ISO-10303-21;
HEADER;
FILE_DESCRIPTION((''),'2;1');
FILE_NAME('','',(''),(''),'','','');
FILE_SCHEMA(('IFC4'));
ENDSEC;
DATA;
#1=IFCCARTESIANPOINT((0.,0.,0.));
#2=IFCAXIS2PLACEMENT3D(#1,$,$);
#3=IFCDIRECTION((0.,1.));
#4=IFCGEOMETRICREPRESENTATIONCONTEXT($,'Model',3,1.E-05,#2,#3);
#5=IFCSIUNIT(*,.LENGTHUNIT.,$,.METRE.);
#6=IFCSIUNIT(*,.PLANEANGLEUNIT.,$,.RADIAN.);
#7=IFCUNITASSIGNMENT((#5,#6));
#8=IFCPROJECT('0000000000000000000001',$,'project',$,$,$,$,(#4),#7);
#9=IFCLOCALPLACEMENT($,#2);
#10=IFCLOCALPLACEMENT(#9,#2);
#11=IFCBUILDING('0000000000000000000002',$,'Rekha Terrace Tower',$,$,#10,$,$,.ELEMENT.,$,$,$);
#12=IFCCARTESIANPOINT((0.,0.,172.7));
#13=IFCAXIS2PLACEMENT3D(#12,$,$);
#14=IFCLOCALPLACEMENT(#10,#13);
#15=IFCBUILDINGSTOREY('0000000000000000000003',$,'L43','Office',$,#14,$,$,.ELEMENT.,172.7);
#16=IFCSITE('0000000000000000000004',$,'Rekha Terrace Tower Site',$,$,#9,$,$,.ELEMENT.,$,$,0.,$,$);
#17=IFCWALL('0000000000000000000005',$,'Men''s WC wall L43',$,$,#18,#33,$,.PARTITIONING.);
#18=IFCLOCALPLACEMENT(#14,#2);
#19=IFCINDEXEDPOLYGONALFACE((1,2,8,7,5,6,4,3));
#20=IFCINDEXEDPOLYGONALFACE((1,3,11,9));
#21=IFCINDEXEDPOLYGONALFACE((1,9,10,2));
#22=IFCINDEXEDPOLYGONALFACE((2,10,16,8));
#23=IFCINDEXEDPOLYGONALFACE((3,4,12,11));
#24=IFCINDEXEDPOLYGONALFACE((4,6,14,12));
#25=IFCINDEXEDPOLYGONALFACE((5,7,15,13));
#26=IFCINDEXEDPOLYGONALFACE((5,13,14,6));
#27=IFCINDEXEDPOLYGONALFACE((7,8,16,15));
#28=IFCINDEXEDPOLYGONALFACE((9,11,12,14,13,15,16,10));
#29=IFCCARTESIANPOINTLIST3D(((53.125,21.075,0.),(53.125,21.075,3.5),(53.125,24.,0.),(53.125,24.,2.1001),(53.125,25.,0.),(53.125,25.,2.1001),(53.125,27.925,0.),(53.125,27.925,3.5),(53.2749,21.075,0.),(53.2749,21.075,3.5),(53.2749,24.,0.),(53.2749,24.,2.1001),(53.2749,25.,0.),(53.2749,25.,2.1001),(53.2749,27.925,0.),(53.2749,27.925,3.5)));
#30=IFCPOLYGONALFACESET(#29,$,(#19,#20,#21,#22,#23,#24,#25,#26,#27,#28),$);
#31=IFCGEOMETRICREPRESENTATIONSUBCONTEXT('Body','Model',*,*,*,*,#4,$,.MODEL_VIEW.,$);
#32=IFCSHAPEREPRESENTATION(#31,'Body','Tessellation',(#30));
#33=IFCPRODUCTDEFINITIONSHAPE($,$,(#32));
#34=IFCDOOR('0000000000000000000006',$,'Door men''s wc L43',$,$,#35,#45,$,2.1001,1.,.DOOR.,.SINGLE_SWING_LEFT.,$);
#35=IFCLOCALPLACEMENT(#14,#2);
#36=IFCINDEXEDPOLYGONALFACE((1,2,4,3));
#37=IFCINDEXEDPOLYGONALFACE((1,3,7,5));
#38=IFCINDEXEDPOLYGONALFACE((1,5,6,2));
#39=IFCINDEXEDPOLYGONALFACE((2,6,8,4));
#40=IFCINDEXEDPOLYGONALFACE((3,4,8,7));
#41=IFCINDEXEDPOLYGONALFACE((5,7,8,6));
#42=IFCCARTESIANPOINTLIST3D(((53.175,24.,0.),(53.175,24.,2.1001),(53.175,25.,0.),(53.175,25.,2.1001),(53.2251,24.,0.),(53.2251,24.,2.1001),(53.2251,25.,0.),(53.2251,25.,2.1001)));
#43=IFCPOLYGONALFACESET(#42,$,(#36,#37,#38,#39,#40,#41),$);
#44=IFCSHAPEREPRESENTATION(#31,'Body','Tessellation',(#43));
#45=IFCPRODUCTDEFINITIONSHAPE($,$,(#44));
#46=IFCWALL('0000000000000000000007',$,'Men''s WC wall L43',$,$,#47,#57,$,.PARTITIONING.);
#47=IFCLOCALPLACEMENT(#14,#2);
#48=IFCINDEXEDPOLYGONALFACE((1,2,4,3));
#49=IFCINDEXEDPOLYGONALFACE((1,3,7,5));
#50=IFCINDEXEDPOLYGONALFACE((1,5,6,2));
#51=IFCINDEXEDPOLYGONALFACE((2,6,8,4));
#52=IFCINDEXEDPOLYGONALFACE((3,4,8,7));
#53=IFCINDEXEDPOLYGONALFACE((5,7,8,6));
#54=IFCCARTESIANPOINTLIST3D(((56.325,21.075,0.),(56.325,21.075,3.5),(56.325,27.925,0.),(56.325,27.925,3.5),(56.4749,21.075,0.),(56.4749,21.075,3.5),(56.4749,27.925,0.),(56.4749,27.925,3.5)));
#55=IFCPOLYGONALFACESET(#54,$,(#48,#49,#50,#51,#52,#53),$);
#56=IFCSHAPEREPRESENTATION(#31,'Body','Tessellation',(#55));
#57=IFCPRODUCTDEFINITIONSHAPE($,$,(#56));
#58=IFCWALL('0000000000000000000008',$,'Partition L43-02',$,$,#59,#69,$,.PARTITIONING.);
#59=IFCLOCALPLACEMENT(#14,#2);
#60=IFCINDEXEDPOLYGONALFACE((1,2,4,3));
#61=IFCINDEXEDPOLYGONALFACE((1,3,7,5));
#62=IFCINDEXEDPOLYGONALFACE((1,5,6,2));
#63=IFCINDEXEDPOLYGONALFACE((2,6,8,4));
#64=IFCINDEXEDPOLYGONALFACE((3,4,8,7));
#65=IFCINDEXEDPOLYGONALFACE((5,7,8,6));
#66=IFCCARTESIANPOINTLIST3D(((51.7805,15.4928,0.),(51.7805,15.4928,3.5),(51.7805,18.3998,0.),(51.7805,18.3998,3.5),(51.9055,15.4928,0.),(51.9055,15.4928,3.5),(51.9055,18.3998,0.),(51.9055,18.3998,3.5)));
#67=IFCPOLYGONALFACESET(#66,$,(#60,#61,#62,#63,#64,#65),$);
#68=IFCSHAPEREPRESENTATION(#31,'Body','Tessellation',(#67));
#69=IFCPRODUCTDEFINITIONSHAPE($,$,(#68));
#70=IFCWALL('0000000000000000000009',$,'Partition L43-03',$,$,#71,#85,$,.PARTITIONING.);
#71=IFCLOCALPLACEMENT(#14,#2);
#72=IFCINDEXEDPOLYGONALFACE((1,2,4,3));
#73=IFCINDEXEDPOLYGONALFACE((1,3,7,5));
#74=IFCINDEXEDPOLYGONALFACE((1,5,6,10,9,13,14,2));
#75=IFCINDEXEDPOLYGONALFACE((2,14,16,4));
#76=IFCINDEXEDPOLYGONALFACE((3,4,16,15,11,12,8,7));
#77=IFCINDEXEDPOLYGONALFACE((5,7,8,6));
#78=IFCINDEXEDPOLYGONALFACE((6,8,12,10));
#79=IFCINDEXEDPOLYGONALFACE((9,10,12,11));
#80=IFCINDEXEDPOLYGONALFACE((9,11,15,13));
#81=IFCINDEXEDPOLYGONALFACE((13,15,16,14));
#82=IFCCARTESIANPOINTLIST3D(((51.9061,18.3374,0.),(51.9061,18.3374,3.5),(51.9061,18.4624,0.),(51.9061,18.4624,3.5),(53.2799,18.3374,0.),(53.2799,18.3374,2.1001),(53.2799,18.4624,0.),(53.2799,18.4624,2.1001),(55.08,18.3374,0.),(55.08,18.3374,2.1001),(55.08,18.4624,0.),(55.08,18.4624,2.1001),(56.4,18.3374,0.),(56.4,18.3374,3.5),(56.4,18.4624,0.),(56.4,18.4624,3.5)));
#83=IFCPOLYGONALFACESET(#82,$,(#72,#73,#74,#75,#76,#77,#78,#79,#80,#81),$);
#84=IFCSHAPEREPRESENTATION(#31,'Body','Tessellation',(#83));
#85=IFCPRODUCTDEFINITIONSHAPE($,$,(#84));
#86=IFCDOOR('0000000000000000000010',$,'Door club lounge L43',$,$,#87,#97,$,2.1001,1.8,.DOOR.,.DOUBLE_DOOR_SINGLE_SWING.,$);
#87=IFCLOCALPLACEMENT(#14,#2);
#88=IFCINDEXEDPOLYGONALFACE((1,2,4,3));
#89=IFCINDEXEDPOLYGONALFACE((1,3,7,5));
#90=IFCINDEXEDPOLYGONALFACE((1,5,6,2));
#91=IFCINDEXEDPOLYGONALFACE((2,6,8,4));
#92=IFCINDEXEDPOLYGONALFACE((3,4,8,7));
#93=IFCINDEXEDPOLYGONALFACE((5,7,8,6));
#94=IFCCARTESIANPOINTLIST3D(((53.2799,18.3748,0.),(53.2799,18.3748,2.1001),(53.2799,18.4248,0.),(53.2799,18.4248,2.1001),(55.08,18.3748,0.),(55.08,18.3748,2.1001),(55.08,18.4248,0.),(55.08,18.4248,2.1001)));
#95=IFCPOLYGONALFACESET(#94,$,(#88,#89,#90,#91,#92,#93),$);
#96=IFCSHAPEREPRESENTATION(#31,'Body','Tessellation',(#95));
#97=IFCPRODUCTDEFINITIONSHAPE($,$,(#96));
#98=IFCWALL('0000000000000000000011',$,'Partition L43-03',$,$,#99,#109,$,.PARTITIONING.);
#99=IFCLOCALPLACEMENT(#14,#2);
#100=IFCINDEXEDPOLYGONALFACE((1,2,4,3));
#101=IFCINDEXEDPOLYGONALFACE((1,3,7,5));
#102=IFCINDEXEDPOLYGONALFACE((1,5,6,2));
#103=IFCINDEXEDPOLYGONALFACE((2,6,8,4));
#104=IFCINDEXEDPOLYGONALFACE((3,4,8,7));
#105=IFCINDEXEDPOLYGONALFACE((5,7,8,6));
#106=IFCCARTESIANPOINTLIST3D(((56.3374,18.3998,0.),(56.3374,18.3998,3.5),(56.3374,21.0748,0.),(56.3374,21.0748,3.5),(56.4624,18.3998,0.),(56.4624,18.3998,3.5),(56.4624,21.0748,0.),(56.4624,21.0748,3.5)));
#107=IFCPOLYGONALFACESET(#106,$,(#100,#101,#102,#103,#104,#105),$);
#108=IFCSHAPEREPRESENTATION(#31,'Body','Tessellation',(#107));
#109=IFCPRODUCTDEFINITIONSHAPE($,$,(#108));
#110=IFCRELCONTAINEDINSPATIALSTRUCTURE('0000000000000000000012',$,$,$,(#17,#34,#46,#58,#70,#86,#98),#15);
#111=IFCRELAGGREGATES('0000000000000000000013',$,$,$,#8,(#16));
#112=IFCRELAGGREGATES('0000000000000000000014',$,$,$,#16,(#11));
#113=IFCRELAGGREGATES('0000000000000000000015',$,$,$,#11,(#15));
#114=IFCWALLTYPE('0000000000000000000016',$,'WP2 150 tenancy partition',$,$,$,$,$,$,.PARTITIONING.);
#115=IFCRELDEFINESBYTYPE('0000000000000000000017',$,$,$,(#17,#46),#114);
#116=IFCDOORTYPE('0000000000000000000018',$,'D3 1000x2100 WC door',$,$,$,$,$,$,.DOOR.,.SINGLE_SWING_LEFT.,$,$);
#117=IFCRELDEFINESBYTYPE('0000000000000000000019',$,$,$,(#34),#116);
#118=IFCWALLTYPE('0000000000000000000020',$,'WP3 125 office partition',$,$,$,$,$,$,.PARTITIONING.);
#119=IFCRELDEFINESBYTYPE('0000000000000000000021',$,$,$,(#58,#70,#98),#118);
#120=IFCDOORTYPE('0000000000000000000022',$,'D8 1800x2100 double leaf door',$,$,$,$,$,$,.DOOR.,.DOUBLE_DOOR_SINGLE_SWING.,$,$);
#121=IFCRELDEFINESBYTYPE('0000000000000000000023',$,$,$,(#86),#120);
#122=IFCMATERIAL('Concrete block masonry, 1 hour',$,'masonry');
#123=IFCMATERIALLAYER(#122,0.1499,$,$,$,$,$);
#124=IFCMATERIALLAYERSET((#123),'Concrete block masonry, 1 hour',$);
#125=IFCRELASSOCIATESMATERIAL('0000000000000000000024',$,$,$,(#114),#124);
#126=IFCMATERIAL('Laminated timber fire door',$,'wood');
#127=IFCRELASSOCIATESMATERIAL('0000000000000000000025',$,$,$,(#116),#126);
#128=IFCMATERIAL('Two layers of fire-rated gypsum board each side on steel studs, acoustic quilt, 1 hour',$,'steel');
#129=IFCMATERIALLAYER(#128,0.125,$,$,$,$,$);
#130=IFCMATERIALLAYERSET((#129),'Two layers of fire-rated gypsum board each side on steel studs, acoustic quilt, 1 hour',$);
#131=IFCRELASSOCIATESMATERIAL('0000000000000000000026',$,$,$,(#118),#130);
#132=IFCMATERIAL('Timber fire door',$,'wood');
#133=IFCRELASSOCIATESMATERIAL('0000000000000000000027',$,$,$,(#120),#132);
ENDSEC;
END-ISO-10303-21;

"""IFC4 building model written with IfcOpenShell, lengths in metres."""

from ifc_helpers import new_model, si_unit, direction, frame, frame_2d, origin, place, context, subcontext, project, spatial, rectangle, extrude, material, layer, layer_set, type_object, element, fill, save


model = new_model("IFC4")

# Units and contexts
model_context = context("Model", 3, precision=1e-05, world=origin(), true_north=direction((0.0, 1.0)))
body_context = subcontext(model_context, "Body", "Model", "MODEL_VIEW")
ifc_project = project(units=[si_unit("LENGTHUNIT", "METRE"), si_unit("PLANEANGLEUNIT", "RADIAN")], contexts=[model_context])

# Site, building, storey
site_placement = place(None, origin())
site = spatial("IfcSite", under=ifc_project, at=site_placement, Name="Rekha Terrace Tower Site", CompositionType="ELEMENT", RefElevation=0.0)
building_placement = place(site_placement, origin())
building = spatial("IfcBuilding", under=site, at=building_placement, Name="Rekha Terrace Tower", CompositionType="ELEMENT")
storey_placement = place(building_placement, frame((0.0, 0.0, 172.7)))
storey = spatial("IfcBuildingStorey", under=building, at=storey_placement, Name="L43", Description="Office", CompositionType="ELEMENT", Elevation=172.7)

# Shared definitions
ifc_material_1 = material(Name="Concrete block masonry, 1 hour", Category="masonry")
ifc_layer_1 = layer(ifc_material_1, 0.1499)
ifc_layer_set_1 = layer_set([ifc_layer_1], Name="Concrete block masonry, 1 hour")
wall_type_1 = type_object("IfcWallType", Name="WP2 150 tenancy partition", PredefinedType="PARTITIONING", material=ifc_layer_set_1)

# Wall, opening, door
wall_1_placement = place(storey_placement, frame((53.2, 21.075, 0.0), z_axis=(0.0, 0.0, 1.0), x_axis=(0.0, 1.0, 0.0)))
wall_1 = element("IfcWall", 1, at=wall_1_placement, inside=storey, type_object=wall_type_1, Name="Men's WC wall L43", PredefinedType="PARTITIONING", context=body_context, shape_type="SweptSolid", body=[
    extrude(rectangle(XDim=6.8501, YDim=0.1499, at=frame_2d((3.425, 0.0))), origin(), (0.0, 0.0, 1.0), 3.5),
])
opening_1_placement = place(wall_1_placement, frame((2.925, 0.0, 0.0)))
opening_1 = element("IfcOpeningElement", 2, at=opening_1_placement, cuts=wall_1, PredefinedType="OPENING", context=body_context, shape_type="SweptSolid", body=[
    extrude(rectangle(XDim=1.0, YDim=2.1001, at=frame_2d((0.5, 1.05))), frame((0.0, 0.085, 0.0), z_axis=(0.0, -1.0, 0.0), x_axis=(1.0, 0.0, 0.0)), (0.0, 0.0, 1.0), 0.1699),
])
ifc_material_2 = material(Name="Laminated timber fire door", Category="wood")
door_type_1 = type_object("IfcDoorType", Name="D3 1000x2100 WC door", OperationType="SINGLE_SWING_LEFT", PredefinedType="DOOR", material=ifc_material_2)
door_1_placement = place(opening_1_placement, origin())
door_1 = element("IfcDoor", 3, at=door_1_placement, inside=storey, type_object=door_type_1, Name="Door men's wc L43", OperationType="SINGLE_SWING_LEFT", OverallHeight=2.1001, OverallWidth=1.0, PredefinedType="DOOR", context=body_context, shape_type="SweptSolid", body=[
    extrude(rectangle(XDim=1.0, YDim=2.1001, at=frame_2d((0.5, 1.05))), frame((0.0, 0.0249, 0.0), z_axis=(0.0, -1.0, 0.0), x_axis=(1.0, 0.0, 0.0)), (0.0, 0.0, 1.0), 0.05),
])
fill(opening_1, door_1)

# Walls
wall_2_placement = place(storey_placement, frame((56.3999, 21.075, 0.0), z_axis=(0.0, 0.0, 1.0), x_axis=(0.0, 1.0, 0.0)))
element("IfcWall", 4, at=wall_2_placement, inside=storey, type_object=wall_type_1, Name="Men's WC wall L43", PredefinedType="PARTITIONING", context=body_context, shape_type="SweptSolid", body=[
    extrude(rectangle(XDim=6.8501, YDim=0.1499, at=frame_2d((3.425, 0.0))), origin(), (0.0, 0.0, 1.0), 3.5),
])
ifc_material_3 = material(Name="Two layers of fire-rated gypsum board each side on steel studs, acoustic quilt, 1 hour", Category="steel")
ifc_layer_2 = layer(ifc_material_3, 0.125)
ifc_layer_set_2 = layer_set([ifc_layer_2], Name="Two layers of fire-rated gypsum board each side on steel studs, acoustic quilt, 1 hour")
wall_type_2 = type_object("IfcWallType", Name="WP3 125 office partition", PredefinedType="PARTITIONING", material=ifc_layer_set_2)
wall_3_placement = place(storey_placement, frame((51.843, 18.3999, 0.0), z_axis=(0.0, 0.0, 1.0), x_axis=(0.0, -1.0, 0.0)))
element("IfcWall", 5, at=wall_3_placement, inside=storey, type_object=wall_type_2, Name="Partition L43-02", PredefinedType="PARTITIONING", context=body_context, shape_type="SweptSolid", body=[
    extrude(rectangle(XDim=2.907, YDim=0.125, at=frame_2d((1.4536, 0.0))), origin(), (0.0, 0.0, 1.0), 3.5),
])

# Wall, opening, door
wall_4_placement = place(storey_placement, frame((51.906, 18.3999, 0.0), z_axis=(0.0, 0.0, 1.0), x_axis=(1.0, 0.0, 0.0)))
wall_4 = element("IfcWall", 6, at=wall_4_placement, inside=storey, type_object=wall_type_2, Name="Partition L43-03", PredefinedType="PARTITIONING", context=body_context, shape_type="SweptSolid", body=[
    extrude(rectangle(XDim=4.4939, YDim=0.125, at=frame_2d((2.2471, 0.0))), origin(), (0.0, 0.0, 1.0), 3.5),
])
opening_2_placement = place(wall_4_placement, frame((1.374, 0.0, 0.0)))
opening_2 = element("IfcOpeningElement", 7, at=opening_2_placement, cuts=wall_4, PredefinedType="OPENING", context=body_context, shape_type="SweptSolid", body=[
    extrude(rectangle(XDim=1.8, YDim=2.1001, at=frame_2d((0.8999, 1.05))), frame((0.0, 0.0725, 0.0), z_axis=(0.0, -1.0, 0.0), x_axis=(1.0, 0.0, 0.0)), (0.0, 0.0, 1.0), 0.145),
])
ifc_material_4 = material(Name="Timber fire door", Category="wood")
door_type_2 = type_object("IfcDoorType", Name="D8 1800x2100 double leaf door", OperationType="DOUBLE_DOOR_SINGLE_SWING", PredefinedType="DOOR", material=ifc_material_4)
door_2_placement = place(opening_2_placement, origin())
door_2 = element("IfcDoor", 8, at=door_2_placement, inside=storey, type_object=door_type_2, Name="Door club lounge L43", OperationType="DOUBLE_DOOR_SINGLE_SWING", OverallHeight=2.1001, OverallWidth=1.8, PredefinedType="DOOR", context=body_context, shape_type="SweptSolid", body=[
    extrude(rectangle(XDim=1.8, YDim=2.1001, at=frame_2d((0.8999, 1.05))), frame((0.0, 0.0249, 0.0), z_axis=(0.0, -1.0, 0.0), x_axis=(1.0, 0.0, 0.0)), (0.0, 0.0, 1.0), 0.05),
])
fill(opening_2, door_2)

# Wall
wall_5_placement = place(storey_placement, frame((56.3999, 18.3999, 0.0), z_axis=(0.0, 0.0, 1.0), x_axis=(0.0, 1.0, 0.0)))
element("IfcWall", 9, at=wall_5_placement, inside=storey, type_object=wall_type_2, Name="Partition L43-03", PredefinedType="PARTITIONING", context=body_context, shape_type="SweptSolid", body=[
    extrude(rectangle(XDim=2.675, YDim=0.125, at=frame_2d((1.3374, 0.0))), origin(), (0.0, 0.0, 1.0), 3.5),
])

save(model, "model.ifc")
